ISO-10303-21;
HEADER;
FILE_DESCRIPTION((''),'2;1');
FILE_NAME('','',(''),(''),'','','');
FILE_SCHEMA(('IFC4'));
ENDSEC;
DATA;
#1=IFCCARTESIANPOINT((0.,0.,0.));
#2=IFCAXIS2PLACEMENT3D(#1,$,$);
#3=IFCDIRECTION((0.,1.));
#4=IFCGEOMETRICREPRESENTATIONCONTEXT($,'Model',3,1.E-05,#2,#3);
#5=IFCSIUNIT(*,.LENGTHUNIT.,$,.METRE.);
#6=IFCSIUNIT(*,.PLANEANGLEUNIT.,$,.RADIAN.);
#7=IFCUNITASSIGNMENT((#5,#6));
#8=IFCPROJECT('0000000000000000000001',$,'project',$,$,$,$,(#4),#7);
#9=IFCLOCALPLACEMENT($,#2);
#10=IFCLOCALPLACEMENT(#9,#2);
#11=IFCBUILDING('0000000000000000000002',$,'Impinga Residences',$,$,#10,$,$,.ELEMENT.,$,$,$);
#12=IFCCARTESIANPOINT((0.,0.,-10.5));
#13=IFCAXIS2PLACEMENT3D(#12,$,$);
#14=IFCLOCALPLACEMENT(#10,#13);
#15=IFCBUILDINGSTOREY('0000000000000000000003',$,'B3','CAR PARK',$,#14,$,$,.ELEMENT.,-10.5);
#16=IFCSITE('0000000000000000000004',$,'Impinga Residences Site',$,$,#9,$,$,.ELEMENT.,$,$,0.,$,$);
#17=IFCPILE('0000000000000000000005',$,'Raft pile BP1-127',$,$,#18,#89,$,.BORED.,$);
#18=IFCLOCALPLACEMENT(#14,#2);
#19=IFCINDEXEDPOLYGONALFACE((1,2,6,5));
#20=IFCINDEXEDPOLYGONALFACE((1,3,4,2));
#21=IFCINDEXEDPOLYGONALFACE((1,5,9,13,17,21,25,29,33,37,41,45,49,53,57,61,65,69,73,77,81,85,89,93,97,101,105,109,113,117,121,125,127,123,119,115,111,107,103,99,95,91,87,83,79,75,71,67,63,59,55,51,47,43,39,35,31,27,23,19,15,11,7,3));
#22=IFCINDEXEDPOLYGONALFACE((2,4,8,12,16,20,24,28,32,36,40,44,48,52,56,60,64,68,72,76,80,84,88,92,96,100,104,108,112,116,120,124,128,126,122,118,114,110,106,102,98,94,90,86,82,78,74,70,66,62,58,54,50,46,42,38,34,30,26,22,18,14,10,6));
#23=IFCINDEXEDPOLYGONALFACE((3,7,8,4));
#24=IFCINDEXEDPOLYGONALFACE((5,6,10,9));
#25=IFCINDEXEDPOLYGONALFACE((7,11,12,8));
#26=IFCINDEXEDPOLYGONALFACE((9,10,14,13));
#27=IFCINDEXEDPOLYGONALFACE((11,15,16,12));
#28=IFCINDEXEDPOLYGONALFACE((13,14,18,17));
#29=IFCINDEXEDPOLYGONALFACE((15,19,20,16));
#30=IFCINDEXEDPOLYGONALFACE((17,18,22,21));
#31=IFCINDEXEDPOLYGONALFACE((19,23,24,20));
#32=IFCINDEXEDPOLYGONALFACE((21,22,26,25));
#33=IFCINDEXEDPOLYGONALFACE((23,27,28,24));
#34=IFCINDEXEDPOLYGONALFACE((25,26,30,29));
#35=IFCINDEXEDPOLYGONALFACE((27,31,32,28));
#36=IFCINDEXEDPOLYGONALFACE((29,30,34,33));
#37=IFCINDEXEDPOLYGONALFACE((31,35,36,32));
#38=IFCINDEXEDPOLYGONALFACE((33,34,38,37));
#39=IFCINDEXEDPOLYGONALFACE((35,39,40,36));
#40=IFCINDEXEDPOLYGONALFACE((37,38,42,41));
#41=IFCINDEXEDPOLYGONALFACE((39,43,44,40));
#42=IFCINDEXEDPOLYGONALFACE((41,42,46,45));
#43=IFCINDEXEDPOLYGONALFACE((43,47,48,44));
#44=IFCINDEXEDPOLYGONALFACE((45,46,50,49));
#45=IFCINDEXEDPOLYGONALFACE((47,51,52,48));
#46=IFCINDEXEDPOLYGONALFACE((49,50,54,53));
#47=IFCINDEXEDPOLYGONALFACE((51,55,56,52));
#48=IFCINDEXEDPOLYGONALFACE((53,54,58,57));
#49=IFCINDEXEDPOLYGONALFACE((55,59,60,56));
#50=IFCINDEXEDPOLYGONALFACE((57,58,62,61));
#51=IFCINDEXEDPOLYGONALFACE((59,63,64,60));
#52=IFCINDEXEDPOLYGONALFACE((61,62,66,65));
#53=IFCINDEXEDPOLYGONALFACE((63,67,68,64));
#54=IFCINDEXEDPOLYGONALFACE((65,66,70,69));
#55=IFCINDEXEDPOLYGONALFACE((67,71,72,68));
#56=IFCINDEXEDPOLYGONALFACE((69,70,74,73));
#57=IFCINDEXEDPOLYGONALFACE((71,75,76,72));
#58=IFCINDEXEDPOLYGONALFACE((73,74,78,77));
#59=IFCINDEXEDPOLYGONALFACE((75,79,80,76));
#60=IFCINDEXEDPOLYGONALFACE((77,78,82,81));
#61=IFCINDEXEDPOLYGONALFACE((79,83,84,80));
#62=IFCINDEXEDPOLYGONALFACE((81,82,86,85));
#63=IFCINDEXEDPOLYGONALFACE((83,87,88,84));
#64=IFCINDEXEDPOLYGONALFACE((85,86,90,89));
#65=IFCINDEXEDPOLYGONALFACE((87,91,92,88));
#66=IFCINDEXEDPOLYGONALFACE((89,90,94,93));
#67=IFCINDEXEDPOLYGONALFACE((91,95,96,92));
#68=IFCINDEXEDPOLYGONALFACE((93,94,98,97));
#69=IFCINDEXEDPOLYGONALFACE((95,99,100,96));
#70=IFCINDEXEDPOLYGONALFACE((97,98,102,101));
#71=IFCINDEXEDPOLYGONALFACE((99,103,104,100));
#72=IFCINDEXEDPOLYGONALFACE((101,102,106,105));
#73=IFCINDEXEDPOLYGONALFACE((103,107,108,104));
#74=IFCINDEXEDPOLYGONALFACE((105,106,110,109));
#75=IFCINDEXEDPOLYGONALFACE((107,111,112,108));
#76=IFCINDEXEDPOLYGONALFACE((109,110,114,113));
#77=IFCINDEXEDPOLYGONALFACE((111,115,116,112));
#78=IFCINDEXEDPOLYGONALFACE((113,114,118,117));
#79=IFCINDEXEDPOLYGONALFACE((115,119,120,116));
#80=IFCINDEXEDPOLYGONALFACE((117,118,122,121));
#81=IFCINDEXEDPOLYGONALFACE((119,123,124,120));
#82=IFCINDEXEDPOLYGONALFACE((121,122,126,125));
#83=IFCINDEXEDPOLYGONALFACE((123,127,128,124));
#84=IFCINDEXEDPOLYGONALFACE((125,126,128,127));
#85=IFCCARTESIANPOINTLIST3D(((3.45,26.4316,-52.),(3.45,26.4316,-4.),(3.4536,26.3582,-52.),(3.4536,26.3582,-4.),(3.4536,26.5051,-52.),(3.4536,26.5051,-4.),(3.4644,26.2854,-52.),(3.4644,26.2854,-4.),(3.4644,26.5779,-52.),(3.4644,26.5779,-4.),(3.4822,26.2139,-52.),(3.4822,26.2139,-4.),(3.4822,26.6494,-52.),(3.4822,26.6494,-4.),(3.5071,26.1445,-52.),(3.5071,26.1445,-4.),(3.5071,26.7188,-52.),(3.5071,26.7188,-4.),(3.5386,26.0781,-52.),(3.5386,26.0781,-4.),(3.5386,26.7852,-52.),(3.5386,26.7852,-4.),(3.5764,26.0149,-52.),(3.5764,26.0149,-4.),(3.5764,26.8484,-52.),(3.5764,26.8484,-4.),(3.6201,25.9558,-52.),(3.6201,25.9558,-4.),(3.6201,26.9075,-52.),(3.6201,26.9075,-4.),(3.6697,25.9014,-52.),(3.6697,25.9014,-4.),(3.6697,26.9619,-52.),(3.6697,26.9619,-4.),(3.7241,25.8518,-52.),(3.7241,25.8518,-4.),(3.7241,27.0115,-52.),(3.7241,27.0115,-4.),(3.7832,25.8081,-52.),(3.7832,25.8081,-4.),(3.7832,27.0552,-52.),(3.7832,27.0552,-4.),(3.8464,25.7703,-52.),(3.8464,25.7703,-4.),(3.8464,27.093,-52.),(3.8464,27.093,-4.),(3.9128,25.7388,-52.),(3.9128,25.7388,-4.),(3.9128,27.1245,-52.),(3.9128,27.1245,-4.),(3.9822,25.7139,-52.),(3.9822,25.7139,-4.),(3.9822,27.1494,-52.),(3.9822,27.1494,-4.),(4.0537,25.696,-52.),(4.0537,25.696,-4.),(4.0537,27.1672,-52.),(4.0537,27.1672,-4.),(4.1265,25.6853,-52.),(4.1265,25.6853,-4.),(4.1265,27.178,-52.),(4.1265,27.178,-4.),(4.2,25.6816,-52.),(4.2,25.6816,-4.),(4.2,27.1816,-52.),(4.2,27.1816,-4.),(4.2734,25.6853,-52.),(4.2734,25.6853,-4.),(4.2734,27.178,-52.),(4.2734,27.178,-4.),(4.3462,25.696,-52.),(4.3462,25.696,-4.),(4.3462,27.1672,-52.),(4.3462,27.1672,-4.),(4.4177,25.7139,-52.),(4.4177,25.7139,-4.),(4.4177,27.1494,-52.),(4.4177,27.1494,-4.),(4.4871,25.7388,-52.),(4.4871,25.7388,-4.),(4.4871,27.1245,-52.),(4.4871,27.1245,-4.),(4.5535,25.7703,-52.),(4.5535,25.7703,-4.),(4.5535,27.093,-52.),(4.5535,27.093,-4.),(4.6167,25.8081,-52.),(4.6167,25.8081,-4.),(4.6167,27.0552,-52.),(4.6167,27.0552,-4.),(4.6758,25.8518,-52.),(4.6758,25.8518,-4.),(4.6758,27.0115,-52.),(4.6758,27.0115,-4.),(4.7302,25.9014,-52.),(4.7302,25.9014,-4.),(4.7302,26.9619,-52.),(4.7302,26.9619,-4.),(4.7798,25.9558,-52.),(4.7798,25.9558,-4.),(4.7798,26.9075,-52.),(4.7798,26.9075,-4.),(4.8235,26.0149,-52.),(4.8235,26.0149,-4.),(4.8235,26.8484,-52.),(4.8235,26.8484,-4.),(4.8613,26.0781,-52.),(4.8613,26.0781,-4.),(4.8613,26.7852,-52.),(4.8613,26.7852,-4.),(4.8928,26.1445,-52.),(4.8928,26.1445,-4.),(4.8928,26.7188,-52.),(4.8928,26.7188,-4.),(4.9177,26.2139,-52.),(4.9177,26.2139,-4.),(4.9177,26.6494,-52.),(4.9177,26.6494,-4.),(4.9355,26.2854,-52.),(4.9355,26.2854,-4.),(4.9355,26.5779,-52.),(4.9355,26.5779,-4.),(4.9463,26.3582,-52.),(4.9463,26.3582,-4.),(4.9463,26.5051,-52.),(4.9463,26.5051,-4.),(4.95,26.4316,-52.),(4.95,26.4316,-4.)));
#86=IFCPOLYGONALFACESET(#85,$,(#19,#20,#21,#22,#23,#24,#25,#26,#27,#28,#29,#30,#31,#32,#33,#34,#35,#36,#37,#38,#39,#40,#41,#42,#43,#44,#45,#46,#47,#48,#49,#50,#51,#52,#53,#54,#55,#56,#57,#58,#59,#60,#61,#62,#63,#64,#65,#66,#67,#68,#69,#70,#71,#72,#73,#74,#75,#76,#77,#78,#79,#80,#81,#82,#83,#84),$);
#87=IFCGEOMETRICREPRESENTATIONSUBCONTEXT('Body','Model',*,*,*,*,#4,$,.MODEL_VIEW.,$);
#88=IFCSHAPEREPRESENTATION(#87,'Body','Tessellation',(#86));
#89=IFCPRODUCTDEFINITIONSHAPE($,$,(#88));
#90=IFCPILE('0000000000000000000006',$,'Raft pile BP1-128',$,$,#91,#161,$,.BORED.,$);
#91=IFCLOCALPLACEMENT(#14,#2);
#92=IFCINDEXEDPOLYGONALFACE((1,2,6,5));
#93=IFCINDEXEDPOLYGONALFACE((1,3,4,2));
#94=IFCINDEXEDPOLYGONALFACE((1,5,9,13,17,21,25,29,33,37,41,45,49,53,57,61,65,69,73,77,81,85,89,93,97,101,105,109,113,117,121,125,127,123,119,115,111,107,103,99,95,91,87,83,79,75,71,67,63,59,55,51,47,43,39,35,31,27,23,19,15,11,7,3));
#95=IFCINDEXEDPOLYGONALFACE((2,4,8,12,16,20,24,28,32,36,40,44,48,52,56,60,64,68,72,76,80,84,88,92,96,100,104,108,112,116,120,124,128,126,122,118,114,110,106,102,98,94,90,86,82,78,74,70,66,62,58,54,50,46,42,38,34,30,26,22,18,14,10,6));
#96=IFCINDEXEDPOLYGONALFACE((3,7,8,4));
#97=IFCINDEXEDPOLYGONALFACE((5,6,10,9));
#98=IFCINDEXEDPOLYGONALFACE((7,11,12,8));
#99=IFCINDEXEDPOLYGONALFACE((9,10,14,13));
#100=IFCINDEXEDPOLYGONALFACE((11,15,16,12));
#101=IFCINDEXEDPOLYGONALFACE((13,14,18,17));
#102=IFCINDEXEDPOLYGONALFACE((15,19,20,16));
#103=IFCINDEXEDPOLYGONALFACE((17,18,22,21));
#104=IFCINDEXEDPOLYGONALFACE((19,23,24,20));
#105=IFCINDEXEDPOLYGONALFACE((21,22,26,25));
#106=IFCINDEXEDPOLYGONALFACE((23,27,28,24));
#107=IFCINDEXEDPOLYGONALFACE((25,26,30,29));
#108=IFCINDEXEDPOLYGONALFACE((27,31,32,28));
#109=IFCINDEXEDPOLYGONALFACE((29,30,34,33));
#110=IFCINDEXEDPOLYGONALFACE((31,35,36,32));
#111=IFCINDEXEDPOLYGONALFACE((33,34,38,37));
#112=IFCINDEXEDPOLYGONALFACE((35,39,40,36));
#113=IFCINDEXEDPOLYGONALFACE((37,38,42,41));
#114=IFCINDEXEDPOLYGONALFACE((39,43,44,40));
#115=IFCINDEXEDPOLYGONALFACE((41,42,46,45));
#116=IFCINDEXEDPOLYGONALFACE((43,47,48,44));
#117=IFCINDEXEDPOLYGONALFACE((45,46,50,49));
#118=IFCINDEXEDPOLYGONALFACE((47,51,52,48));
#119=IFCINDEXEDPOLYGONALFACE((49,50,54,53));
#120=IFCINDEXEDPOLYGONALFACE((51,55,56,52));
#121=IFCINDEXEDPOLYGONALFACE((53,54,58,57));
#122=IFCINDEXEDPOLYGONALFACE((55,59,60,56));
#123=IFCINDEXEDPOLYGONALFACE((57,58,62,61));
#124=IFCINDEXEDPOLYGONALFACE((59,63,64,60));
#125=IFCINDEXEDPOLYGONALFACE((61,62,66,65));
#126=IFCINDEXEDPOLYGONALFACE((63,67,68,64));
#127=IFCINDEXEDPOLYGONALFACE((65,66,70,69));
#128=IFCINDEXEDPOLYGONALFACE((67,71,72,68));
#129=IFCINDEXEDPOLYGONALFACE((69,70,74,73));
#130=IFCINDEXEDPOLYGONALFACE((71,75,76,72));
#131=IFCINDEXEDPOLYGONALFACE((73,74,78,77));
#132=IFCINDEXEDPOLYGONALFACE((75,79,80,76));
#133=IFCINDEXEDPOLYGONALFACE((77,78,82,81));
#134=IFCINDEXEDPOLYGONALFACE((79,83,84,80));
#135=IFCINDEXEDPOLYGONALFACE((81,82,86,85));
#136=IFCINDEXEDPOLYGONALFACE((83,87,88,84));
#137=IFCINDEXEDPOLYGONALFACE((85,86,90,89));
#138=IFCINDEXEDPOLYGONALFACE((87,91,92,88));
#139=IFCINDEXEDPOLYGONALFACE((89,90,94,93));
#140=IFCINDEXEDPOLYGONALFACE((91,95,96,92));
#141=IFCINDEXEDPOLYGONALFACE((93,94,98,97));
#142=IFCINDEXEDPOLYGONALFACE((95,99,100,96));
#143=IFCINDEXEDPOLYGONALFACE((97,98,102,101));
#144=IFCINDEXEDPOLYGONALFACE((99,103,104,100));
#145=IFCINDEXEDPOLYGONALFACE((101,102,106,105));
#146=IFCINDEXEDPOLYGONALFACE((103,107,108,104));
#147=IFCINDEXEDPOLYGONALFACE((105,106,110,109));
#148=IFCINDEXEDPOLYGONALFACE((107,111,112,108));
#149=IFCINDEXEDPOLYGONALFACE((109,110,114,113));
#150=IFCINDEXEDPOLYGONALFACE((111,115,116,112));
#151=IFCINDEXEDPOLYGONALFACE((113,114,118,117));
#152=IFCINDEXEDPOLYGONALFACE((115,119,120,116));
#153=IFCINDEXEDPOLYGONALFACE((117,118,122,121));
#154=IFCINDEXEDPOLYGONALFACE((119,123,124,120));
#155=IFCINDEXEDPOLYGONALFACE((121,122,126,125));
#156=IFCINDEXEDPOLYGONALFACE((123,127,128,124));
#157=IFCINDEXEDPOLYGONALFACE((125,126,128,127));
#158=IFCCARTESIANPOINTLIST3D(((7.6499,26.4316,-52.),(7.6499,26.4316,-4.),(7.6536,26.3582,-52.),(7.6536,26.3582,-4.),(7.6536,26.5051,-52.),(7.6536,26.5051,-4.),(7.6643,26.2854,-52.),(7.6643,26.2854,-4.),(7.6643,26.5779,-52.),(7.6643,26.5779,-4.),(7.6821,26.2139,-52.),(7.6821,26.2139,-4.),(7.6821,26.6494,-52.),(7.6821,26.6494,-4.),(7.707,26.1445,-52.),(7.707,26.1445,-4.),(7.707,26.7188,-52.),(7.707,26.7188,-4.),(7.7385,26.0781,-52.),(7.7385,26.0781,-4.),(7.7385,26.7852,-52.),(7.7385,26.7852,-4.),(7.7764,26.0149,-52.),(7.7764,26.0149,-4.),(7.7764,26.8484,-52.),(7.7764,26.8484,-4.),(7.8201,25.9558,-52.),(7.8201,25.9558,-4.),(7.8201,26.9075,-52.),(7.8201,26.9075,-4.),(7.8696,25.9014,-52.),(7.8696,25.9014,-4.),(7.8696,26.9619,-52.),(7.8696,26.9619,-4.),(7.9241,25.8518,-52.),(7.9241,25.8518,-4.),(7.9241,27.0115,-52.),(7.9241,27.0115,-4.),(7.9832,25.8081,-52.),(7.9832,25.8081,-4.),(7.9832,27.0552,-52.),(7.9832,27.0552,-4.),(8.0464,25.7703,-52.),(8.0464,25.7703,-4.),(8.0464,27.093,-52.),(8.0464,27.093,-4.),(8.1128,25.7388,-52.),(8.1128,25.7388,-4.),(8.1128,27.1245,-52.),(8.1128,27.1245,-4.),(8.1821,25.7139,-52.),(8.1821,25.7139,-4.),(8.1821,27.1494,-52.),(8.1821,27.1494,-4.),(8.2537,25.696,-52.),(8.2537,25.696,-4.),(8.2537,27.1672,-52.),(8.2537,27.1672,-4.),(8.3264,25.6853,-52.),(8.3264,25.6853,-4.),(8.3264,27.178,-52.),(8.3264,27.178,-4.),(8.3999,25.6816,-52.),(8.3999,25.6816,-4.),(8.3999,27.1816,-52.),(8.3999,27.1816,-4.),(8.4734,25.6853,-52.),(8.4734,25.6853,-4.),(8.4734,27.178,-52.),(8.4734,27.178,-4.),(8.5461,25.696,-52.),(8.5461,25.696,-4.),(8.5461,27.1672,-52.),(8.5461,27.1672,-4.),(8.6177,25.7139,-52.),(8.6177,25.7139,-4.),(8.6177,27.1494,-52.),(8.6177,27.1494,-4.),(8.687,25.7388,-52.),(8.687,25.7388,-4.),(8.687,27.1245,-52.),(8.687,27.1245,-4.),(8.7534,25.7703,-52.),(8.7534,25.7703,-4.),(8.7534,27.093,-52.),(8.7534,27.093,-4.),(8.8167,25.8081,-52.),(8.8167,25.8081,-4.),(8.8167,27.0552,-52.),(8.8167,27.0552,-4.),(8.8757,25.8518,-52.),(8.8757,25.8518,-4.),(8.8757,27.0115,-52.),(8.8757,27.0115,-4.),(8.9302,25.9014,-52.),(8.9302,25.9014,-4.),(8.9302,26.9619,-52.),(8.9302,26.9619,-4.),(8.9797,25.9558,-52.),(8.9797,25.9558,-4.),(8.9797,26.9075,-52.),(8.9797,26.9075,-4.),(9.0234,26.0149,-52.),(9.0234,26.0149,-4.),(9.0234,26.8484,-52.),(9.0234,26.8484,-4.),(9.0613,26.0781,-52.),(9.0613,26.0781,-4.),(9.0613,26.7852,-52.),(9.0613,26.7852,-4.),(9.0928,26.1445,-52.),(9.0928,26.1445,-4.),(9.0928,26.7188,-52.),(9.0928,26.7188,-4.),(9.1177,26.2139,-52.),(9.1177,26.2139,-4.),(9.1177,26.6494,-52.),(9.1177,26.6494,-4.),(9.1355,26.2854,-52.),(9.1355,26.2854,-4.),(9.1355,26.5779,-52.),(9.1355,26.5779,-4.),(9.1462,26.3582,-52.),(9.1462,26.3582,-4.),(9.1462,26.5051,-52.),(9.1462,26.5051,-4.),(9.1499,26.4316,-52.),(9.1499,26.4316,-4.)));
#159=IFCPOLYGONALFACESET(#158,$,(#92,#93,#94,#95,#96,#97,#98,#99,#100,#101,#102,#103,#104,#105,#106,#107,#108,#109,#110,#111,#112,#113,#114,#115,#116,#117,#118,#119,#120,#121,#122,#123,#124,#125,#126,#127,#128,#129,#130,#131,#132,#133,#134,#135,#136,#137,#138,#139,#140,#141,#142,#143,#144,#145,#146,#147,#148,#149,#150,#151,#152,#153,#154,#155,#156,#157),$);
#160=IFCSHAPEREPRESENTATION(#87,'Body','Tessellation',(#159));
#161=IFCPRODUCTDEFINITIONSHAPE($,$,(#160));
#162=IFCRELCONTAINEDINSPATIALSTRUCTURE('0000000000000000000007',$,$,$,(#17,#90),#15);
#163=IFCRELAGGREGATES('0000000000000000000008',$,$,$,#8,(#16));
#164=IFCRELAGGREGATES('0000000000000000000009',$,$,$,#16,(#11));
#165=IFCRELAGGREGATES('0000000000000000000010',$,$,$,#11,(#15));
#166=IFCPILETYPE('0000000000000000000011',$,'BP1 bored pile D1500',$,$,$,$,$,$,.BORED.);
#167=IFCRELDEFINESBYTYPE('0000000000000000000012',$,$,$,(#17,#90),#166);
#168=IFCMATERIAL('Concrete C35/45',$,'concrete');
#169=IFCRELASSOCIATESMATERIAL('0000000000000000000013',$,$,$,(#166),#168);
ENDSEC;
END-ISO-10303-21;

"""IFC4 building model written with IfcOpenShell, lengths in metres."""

from ifc_helpers import new_model, si_unit, direction, frame, origin, origin_2d, place, context, subcontext, project, spatial, polyline, circle, outline, extrude, material, material_profile, profile_set, type_object, element, save


model = new_model("IFC4")

# Units and contexts
model_context = context("Model", 3, precision=1e-05, world=origin(), true_north=direction((0.0, 1.0)))
body_context = subcontext(model_context, "Body", "Model", "MODEL_VIEW")
ifc_project = project(units=[si_unit("LENGTHUNIT", "METRE"), si_unit("PLANEANGLEUNIT", "RADIAN")], contexts=[model_context])

# Site, building, storey
site_placement = place(None, origin())
site = spatial("IfcSite", under=ifc_project, at=site_placement, Name="Impinga Residences Site", CompositionType="ELEMENT", RefElevation=0.0)
building_placement = place(site_placement, origin())
building = spatial("IfcBuilding", under=site, at=building_placement, Name="Impinga Residences", CompositionType="ELEMENT")
storey_placement = place(building_placement, frame((0.0, 0.0, -10.5)))
storey = spatial("IfcBuildingStorey", under=building, at=storey_placement, Name="B3", Description="CAR PARK", CompositionType="ELEMENT", Elevation=-10.5)

# Piles
ifc_material_1 = material(Name="Concrete C35/45", Category="concrete")
ifc_material_profile_1 = material_profile(ifc_material_1, circle(Radius=0.75, at=origin_2d()), Name="D1500")
ifc_profile_set_1 = profile_set([ifc_material_profile_1], Name="Concrete C35/45")
pile_type_1 = type_object("IfcPileType", Name="BP1 bored pile D1500", PredefinedType="BORED", material=ifc_profile_set_1)
pile_1_placement = place(storey_placement, frame((4.2, 26.4316, -4.0), z_axis=(0.0, 0.0, -1.0), x_axis=(1.0, 0.0, 0.0)))
element("IfcPile", 1, at=pile_1_placement, inside=storey, type_object=pile_type_1, Name="Raft pile BP1-127", PredefinedType="BORED", context=body_context, shape_type="SweptSolid", body=[
    extrude(outline(polyline([(0.75, 0.0), (0.7463, 0.0735), (0.7356, 0.1462), (0.7178, 0.2178), (0.6929, 0.2871), (0.6614, 0.3535), (0.6235, 0.4167), (0.5798, 0.4758), (0.5303, 0.5303), (0.4758, 0.5798), (0.4167, 0.6235), (0.3535, 0.6614), (0.2871, 0.6929), (0.2178, 0.7178), (0.1462, 0.7356), (0.0735, 0.7463), (0.0, 0.75), (-0.0735, 0.7463), (-0.1462, 0.7356), (-0.2178, 0.7178), (-0.2871, 0.6929), (-0.3535, 0.6614), (-0.4167, 0.6235), (-0.4758, 0.5798), (-0.5303, 0.5303), (-0.5798, 0.4758), (-0.6235, 0.4167), (-0.6614, 0.3535), (-0.6929, 0.2871), (-0.7178, 0.2178), (-0.7356, 0.1462), (-0.7463, 0.0735), (-0.75, 0.0), (-0.7463, -0.0735), (-0.7356, -0.1462), (-0.7178, -0.2178), (-0.6929, -0.2871), (-0.6614, -0.3535), (-0.6235, -0.4167), (-0.5798, -0.4758), (-0.5303, -0.5303), (-0.4758, -0.5798), (-0.4167, -0.6235), (-0.3535, -0.6614), (-0.2871, -0.6929), (-0.2178, -0.7178), (-0.1462, -0.7356), (-0.0735, -0.7463), (0.0, -0.75), (0.0735, -0.7463), (0.1462, -0.7356), (0.2178, -0.7178), (0.2871, -0.6929), (0.3535, -0.6614), (0.4167, -0.6235), (0.4758, -0.5798), (0.5303, -0.5303), (0.5798, -0.4758), (0.6235, -0.4167), (0.6614, -0.3535), (0.6929, -0.2871), (0.7178, -0.2178), (0.7356, -0.1462), (0.7463, -0.0735), (0.75, 0.0)])), origin(), (0.0, 0.0, 1.0), 48.0),
])
pile_2_placement = place(storey_placement, frame((8.3999, 26.4316, -4.0), z_axis=(0.0, 0.0, -1.0), x_axis=(1.0, 0.0, 0.0)))
element("IfcPile", 2, at=pile_2_placement, inside=storey, type_object=pile_type_1, Name="Raft pile BP1-128", PredefinedType="BORED", context=body_context, shape_type="SweptSolid", body=[
    extrude(outline(polyline([(0.75, 0.0), (0.7463, 0.0735), (0.7356, 0.1462), (0.7178, 0.2178), (0.6929, 0.2871), (0.6614, 0.3535), (0.6235, 0.4167), (0.5798, 0.4758), (0.5303, 0.5303), (0.4758, 0.5798), (0.4167, 0.6235), (0.3535, 0.6614), (0.2871, 0.6929), (0.2178, 0.7178), (0.1462, 0.7356), (0.0735, 0.7463), (0.0, 0.75), (-0.0735, 0.7463), (-0.1462, 0.7356), (-0.2178, 0.7178), (-0.2871, 0.6929), (-0.3535, 0.6614), (-0.4167, 0.6235), (-0.4758, 0.5798), (-0.5303, 0.5303), (-0.5798, 0.4758), (-0.6235, 0.4167), (-0.6614, 0.3535), (-0.6929, 0.2871), (-0.7178, 0.2178), (-0.7356, 0.1462), (-0.7463, 0.0735), (-0.75, 0.0), (-0.7463, -0.0735), (-0.7356, -0.1462), (-0.7178, -0.2178), (-0.6929, -0.2871), (-0.6614, -0.3535), (-0.6235, -0.4167), (-0.5798, -0.4758), (-0.5303, -0.5303), (-0.4758, -0.5798), (-0.4167, -0.6235), (-0.3535, -0.6614), (-0.2871, -0.6929), (-0.2178, -0.7178), (-0.1462, -0.7356), (-0.0735, -0.7463), (0.0, -0.75), (0.0735, -0.7463), (0.1462, -0.7356), (0.2178, -0.7178), (0.2871, -0.6929), (0.3535, -0.6614), (0.4167, -0.6235), (0.4758, -0.5798), (0.5303, -0.5303), (0.5798, -0.4758), (0.6235, -0.4167), (0.6614, -0.3535), (0.6929, -0.2871), (0.7178, -0.2178), (0.7356, -0.1462), (0.7463, -0.0735), (0.75, 0.0)])), origin(), (0.0, 0.0, 1.0), 48.0),
])

save(model, "model.ifc")
